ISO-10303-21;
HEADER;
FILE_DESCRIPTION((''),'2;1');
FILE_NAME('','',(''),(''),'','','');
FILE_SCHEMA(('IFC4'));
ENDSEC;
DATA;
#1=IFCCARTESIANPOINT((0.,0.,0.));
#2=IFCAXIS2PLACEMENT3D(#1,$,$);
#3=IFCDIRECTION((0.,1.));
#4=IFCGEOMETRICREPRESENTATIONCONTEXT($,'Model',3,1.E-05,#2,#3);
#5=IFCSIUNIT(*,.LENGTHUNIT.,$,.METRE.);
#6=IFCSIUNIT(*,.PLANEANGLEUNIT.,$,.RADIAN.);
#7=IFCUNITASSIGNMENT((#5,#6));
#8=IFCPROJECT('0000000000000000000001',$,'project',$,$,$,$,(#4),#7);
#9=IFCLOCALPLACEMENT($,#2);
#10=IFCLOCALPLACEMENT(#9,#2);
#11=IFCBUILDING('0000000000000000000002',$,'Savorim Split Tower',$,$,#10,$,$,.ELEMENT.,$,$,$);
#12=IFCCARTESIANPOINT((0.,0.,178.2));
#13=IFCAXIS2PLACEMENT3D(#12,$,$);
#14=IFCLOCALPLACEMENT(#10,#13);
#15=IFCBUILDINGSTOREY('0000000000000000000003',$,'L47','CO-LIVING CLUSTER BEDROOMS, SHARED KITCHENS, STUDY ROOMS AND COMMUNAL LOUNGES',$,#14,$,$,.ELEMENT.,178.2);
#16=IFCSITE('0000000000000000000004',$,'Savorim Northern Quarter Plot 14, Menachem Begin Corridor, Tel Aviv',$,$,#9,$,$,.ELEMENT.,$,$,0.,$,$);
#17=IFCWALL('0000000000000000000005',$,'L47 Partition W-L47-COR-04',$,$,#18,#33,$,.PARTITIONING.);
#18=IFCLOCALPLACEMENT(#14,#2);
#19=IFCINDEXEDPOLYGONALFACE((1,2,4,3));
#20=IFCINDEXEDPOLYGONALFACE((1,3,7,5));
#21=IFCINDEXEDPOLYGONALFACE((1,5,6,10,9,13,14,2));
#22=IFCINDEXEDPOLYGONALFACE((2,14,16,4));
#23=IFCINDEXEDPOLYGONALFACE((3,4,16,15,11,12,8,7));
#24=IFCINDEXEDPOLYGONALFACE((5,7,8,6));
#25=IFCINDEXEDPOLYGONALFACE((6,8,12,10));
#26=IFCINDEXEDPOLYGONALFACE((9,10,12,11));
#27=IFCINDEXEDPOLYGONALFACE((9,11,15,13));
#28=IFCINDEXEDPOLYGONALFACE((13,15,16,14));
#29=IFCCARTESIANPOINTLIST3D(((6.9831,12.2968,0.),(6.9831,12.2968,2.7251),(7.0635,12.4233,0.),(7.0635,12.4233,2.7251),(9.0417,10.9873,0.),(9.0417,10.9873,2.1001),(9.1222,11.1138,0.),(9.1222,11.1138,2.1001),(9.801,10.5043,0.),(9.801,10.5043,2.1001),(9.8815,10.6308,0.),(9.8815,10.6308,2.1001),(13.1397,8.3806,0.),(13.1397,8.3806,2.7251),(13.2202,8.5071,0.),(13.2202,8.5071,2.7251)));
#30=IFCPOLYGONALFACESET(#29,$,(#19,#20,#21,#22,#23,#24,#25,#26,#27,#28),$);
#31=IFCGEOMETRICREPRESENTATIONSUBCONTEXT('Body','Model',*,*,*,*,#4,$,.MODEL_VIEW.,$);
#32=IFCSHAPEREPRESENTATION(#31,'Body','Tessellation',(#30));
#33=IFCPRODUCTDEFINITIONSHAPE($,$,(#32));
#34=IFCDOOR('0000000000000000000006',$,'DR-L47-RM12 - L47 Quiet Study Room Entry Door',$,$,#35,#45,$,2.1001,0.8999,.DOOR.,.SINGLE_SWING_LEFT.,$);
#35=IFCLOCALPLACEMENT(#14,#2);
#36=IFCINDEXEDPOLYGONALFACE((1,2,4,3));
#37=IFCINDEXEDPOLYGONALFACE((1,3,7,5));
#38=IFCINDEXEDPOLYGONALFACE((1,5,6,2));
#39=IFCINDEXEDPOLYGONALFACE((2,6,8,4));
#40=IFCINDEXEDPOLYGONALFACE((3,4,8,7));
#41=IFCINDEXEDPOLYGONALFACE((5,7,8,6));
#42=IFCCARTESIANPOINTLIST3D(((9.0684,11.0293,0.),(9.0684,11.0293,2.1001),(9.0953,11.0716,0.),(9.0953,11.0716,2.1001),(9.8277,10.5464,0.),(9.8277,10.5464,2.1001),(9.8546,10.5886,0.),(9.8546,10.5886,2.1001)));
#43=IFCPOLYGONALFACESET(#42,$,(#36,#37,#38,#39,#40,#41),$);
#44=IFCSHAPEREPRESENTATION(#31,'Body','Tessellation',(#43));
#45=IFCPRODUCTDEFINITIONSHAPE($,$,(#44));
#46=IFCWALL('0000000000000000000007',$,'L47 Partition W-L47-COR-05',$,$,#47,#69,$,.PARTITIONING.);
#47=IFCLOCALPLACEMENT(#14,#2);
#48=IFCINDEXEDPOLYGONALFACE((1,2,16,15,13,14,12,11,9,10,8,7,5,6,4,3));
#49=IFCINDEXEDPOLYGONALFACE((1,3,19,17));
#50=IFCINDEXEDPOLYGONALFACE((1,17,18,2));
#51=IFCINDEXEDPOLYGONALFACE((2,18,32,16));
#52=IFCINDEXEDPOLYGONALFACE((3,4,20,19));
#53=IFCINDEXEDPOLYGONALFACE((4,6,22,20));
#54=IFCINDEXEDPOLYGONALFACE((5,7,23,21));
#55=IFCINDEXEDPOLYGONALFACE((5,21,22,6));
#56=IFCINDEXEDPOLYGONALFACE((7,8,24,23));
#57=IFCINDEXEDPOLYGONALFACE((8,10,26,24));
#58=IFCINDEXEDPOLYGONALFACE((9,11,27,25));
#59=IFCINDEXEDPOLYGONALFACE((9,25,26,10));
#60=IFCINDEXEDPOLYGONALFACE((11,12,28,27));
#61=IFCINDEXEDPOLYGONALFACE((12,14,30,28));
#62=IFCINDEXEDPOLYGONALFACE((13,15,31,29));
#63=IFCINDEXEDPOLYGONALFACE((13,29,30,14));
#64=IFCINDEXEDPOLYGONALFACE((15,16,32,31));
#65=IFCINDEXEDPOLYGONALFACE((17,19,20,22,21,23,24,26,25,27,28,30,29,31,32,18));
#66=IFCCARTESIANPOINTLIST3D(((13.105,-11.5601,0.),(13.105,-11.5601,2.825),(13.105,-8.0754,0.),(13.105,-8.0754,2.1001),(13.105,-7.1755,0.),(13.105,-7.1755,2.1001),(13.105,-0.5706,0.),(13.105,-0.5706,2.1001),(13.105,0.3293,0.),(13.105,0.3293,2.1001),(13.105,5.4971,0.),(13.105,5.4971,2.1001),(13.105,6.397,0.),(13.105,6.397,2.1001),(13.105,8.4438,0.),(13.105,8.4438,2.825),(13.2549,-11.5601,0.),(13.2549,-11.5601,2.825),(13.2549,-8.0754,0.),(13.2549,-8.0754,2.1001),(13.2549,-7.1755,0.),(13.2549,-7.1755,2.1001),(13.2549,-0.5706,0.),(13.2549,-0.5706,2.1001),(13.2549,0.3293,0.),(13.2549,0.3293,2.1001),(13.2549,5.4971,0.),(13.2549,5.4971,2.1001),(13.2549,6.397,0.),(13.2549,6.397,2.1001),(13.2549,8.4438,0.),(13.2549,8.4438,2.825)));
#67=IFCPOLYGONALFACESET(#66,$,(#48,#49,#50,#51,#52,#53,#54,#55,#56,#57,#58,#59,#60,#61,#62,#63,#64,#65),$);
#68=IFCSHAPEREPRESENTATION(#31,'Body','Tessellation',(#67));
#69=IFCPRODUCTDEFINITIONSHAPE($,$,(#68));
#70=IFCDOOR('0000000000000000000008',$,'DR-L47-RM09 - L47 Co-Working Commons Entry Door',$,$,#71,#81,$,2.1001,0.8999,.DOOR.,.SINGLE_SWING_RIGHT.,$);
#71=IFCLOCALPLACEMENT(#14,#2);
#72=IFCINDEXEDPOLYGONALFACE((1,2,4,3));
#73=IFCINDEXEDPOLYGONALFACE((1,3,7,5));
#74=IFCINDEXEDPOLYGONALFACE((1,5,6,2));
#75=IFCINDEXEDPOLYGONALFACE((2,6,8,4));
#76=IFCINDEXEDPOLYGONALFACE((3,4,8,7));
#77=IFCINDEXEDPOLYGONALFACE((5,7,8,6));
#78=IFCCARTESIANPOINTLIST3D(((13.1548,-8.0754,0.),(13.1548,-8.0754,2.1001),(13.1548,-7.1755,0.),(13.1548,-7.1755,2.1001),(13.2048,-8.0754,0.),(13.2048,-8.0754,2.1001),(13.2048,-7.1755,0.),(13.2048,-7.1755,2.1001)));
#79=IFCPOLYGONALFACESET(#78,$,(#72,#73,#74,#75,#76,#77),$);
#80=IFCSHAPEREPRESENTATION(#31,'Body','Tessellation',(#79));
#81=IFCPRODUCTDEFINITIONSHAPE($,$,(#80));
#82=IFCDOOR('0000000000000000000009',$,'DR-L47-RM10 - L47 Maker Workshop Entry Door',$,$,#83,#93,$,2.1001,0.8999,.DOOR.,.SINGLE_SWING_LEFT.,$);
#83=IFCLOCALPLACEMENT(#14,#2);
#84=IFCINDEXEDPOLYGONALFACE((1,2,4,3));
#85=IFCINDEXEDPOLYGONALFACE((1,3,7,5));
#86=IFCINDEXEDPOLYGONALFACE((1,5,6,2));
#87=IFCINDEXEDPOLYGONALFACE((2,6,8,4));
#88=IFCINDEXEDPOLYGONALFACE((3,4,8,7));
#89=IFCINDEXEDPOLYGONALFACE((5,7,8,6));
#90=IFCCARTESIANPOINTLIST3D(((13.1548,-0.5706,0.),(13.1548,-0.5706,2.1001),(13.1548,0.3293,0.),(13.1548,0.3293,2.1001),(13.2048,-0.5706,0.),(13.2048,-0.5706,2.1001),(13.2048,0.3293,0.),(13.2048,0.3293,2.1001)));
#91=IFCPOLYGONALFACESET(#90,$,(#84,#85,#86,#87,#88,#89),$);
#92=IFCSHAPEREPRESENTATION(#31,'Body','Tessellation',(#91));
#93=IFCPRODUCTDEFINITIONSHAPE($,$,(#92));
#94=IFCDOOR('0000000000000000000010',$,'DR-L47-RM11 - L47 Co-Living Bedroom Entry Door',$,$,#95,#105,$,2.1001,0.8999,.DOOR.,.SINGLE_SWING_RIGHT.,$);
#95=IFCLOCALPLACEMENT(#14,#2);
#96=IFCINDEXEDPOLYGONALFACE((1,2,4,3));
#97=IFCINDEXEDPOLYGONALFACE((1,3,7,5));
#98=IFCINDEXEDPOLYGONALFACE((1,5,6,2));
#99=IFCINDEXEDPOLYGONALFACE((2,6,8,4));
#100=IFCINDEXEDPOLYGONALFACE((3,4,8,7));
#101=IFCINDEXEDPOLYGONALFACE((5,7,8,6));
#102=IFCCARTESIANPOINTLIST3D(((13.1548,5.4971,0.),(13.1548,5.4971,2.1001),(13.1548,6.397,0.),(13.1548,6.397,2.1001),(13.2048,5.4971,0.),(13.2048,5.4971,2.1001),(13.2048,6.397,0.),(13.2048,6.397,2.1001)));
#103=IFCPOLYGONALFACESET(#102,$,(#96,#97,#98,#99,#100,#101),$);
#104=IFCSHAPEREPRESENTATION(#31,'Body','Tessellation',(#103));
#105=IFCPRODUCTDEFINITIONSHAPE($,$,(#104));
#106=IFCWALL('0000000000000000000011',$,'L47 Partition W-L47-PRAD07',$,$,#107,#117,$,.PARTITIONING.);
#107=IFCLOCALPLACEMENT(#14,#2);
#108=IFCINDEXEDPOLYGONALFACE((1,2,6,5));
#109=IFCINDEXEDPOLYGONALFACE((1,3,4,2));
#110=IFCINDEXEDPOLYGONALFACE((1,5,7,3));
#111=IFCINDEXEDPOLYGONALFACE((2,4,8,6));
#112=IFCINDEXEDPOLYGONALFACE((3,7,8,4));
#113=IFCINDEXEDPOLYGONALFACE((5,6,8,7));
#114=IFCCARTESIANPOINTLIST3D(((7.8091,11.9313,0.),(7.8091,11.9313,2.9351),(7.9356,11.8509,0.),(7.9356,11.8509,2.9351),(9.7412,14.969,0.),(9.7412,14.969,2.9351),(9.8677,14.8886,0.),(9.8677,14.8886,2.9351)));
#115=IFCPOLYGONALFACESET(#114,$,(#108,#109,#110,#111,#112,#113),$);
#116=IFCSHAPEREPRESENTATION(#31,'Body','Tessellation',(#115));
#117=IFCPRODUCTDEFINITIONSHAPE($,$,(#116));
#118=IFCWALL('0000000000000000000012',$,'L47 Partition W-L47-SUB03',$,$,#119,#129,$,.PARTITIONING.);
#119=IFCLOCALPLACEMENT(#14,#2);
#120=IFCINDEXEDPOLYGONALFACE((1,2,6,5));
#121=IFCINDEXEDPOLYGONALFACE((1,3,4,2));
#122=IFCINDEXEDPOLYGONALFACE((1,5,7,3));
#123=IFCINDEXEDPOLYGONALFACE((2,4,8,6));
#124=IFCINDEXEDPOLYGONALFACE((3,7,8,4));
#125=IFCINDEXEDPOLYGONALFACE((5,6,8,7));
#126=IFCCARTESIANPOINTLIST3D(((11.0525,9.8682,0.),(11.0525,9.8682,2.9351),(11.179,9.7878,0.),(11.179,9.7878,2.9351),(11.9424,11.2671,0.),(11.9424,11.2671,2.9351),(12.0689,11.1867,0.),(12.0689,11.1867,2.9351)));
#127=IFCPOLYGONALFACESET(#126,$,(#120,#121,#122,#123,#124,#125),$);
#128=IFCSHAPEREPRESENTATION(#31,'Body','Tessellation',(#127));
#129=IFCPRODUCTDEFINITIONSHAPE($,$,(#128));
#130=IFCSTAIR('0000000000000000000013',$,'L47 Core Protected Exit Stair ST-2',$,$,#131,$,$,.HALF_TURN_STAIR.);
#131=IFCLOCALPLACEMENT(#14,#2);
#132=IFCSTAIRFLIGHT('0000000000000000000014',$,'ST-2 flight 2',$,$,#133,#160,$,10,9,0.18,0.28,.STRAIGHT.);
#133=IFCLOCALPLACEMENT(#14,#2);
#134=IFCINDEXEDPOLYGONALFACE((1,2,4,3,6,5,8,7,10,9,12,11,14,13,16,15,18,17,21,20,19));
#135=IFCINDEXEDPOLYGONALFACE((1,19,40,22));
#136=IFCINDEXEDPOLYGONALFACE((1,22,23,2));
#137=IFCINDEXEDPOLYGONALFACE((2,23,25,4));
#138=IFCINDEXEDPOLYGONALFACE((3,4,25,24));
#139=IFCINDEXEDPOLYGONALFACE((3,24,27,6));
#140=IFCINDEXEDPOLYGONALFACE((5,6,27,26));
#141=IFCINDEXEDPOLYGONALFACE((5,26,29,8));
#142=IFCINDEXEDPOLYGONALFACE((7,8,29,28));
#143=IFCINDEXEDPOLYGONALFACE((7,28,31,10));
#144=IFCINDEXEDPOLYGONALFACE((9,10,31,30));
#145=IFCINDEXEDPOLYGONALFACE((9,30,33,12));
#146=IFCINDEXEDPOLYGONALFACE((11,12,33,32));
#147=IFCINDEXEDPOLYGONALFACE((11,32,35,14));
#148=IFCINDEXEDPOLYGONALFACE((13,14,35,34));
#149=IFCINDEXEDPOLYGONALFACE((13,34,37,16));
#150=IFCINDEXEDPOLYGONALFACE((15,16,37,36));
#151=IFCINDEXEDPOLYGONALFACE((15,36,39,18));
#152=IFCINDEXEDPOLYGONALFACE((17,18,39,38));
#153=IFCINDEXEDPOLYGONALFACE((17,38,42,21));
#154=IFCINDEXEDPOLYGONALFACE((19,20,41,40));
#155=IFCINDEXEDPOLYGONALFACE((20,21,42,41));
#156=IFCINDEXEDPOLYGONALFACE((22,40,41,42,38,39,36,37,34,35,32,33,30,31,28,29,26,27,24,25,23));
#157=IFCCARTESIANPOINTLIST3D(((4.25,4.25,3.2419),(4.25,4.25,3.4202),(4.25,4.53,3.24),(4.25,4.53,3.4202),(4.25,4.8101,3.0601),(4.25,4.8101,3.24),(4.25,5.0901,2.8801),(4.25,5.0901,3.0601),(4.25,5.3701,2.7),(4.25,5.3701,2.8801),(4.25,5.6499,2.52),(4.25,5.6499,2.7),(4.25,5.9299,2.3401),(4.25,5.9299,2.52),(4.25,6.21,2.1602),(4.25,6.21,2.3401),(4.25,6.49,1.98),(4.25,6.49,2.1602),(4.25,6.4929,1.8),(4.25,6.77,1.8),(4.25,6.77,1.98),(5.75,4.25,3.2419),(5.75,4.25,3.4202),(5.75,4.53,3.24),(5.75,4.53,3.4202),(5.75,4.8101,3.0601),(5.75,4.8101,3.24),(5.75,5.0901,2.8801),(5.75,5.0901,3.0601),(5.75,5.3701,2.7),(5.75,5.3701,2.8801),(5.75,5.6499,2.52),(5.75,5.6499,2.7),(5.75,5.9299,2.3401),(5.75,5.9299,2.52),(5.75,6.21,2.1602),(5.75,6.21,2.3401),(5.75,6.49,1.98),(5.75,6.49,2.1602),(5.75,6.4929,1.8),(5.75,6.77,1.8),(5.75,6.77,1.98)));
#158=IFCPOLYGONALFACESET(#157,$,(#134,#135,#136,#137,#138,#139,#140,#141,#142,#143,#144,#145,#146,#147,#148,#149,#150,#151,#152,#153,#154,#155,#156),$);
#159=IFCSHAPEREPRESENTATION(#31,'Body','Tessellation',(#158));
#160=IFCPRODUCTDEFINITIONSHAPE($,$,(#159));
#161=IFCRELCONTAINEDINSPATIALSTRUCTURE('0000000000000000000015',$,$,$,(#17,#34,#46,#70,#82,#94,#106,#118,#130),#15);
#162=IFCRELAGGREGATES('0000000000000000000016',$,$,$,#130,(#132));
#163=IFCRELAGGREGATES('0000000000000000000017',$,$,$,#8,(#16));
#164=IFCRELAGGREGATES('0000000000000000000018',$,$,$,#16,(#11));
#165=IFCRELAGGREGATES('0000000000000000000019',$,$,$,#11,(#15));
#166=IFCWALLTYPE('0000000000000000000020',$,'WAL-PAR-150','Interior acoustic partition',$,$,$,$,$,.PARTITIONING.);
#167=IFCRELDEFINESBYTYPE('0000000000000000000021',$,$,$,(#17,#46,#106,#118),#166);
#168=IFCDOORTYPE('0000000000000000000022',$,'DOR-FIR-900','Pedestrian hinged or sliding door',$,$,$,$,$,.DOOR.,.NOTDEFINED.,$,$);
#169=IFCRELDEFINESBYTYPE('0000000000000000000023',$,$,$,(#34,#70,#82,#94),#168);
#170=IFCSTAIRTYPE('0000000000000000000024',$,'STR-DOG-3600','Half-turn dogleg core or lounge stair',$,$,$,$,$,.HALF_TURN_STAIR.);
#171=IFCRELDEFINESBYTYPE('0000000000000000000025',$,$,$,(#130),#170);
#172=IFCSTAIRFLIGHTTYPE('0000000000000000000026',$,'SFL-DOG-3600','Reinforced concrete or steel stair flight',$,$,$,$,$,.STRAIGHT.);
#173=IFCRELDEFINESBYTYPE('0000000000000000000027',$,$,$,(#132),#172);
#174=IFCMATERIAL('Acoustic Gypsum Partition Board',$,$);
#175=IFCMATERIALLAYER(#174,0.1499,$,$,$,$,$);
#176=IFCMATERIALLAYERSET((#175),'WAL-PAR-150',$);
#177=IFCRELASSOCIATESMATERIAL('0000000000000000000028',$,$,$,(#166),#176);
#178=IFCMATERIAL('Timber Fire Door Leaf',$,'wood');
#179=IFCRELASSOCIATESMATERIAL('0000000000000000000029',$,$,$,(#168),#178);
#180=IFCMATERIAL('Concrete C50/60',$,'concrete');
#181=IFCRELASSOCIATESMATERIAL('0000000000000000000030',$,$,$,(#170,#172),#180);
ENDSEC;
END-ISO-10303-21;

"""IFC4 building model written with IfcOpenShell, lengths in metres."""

from ifc_helpers import new_model, si_unit, direction, frame, frame_2d, origin, place, context, subcontext, project, spatial, polyline, rectangle, outline, extrude, material, layer, layer_set, type_object, element, fill, aggregate, save


model = new_model("IFC4")

# Units and contexts
model_context = context("Model", 3, precision=1e-05, world=origin(), true_north=direction((0.0, 1.0)))
body_context = subcontext(model_context, "Body", "Model", "MODEL_VIEW")
ifc_project = project(units=[si_unit("LENGTHUNIT", "METRE"), si_unit("PLANEANGLEUNIT", "RADIAN")], contexts=[model_context])

# Site, building, storey
site_placement = place(None, origin())
site = spatial("IfcSite", under=ifc_project, at=site_placement, Name="Savorim Northern Quarter Plot 14, Menachem Begin Corridor, Tel Aviv", CompositionType="ELEMENT", RefElevation=0.0)
building_placement = place(site_placement, origin())
building = spatial("IfcBuilding", under=site, at=building_placement, Name="Savorim Split Tower", CompositionType="ELEMENT")
storey_placement = place(building_placement, frame((0.0, 0.0, 178.2)))
storey = spatial("IfcBuildingStorey", under=building, at=storey_placement, Name="L47", Description="CO-LIVING CLUSTER BEDROOMS, SHARED KITCHENS, STUDY ROOMS AND COMMUNAL LOUNGES", CompositionType="ELEMENT", Elevation=178.2)

# Shared definitions
ifc_material_1 = material(Name="Timber Fire Door Leaf", Category="wood")

# Wall, opening, door
ifc_material_2 = material(Name="Acoustic Gypsum Partition Board")
ifc_layer_1 = layer(ifc_material_2, 0.1499)
ifc_layer_set_1 = layer_set([ifc_layer_1], Name="WAL-PAR-150")
wall_type_1 = type_object("IfcWallType", Name="WAL-PAR-150", Description="Interior acoustic partition", PredefinedType="PARTITIONING", material=ifc_layer_set_1)
wall_1_placement = place(storey_placement, frame((7.0232, 12.3601, 0.0), z_axis=(0.0, 0.0, 1.0), x_axis=(0.843765, -0.536713, 0.0)))
wall_1 = element("IfcWall", 1, at=wall_1_placement, inside=storey, type_object=wall_type_1, Name="L47 Partition W-L47-COR-04", PredefinedType="PARTITIONING", context=body_context, shape_type="SweptSolid", body=[
    extrude(rectangle(XDim=7.2966, YDim=0.1499, at=frame_2d((3.6484, 0.0))), origin(), (0.0, 0.0, 1.0), 2.7251),
])
opening_1_placement = place(wall_1_placement, frame((2.4399, 0.0, 0.0)))
opening_1 = element("IfcOpeningElement", 2, at=opening_1_placement, cuts=wall_1, PredefinedType="OPENING", context=body_context, shape_type="SweptSolid", body=[
    extrude(rectangle(XDim=0.8999, YDim=2.1001, at=frame_2d((0.45, 1.05))), frame((0.0, 0.085, 0.0), z_axis=(0.0, -1.0, 0.0), x_axis=(1.0, 0.0, 0.0)), (0.0, 0.0, 1.0), 0.1699),
])
door_type_1 = type_object("IfcDoorType", Name="DOR-FIR-900", Description="Pedestrian hinged or sliding door", OperationType="NOTDEFINED", PredefinedType="DOOR", material=ifc_material_1)
door_1_placement = place(opening_1_placement, origin())
door_1 = element("IfcDoor", 3, at=door_1_placement, inside=storey, type_object=door_type_1, Name="DR-L47-RM12 - L47 Quiet Study Room Entry Door", OperationType="SINGLE_SWING_LEFT", OverallHeight=2.1001, OverallWidth=0.8999, PredefinedType="DOOR", context=body_context, shape_type="SweptSolid", body=[
    extrude(rectangle(XDim=0.8999, YDim=2.1001, at=frame_2d((0.45, 1.05))), frame((0.0, 0.0249, 0.0), z_axis=(0.0, -1.0, 0.0), x_axis=(1.0, 0.0, 0.0)), (0.0, 0.0, 1.0), 0.05),
])
fill(opening_1, door_1)

# Wall, openings, doors
wall_2_placement = place(storey_placement, frame((13.1799, 8.4438, 0.0), z_axis=(0.0, 0.0, 1.0), x_axis=(0.0, -1.0, 0.0)))
wall_2 = element("IfcWall", 4, at=wall_2_placement, inside=storey, type_object=wall_type_1, Name="L47 Partition W-L47-COR-05", PredefinedType="PARTITIONING", context=body_context, shape_type="SweptSolid", body=[
    extrude(rectangle(XDim=20.0039, YDim=0.1499, at=frame_2d((10.002, 0.0))), origin(), (0.0, 0.0, 1.0), 2.825),
])
opening_2_placement = place(wall_2_placement, frame((15.6194, 0.0, 0.0)))
opening_2 = element("IfcOpeningElement", 5, at=opening_2_placement, cuts=wall_2, PredefinedType="OPENING", context=body_context, shape_type="SweptSolid", body=[
    extrude(rectangle(XDim=0.8999, YDim=2.1001, at=frame_2d((0.45, 1.05))), frame((0.0, 0.085, 0.0), z_axis=(0.0, -1.0, 0.0), x_axis=(1.0, 0.0, 0.0)), (0.0, 0.0, 1.0), 0.1699),
])
opening_3_placement = place(wall_2_placement, frame((8.1145, 0.0, 0.0)))
opening_3 = element("IfcOpeningElement", 6, at=opening_3_placement, cuts=wall_2, PredefinedType="OPENING", context=body_context, shape_type="SweptSolid", body=[
    extrude(rectangle(XDim=0.8999, YDim=2.1001, at=frame_2d((0.45, 1.05))), frame((0.0, 0.085, 0.0), z_axis=(0.0, -1.0, 0.0), x_axis=(1.0, 0.0, 0.0)), (0.0, 0.0, 1.0), 0.1699),
])
opening_4_placement = place(wall_2_placement, frame((2.0469, 0.0, 0.0)))
opening_4 = element("IfcOpeningElement", 7, at=opening_4_placement, cuts=wall_2, PredefinedType="OPENING", context=body_context, shape_type="SweptSolid", body=[
    extrude(rectangle(XDim=0.8999, YDim=2.1001, at=frame_2d((0.45, 1.05))), frame((0.0, 0.085, 0.0), z_axis=(0.0, -1.0, 0.0), x_axis=(1.0, 0.0, 0.0)), (0.0, 0.0, 1.0), 0.1699),
])
door_2_placement = place(opening_2_placement, origin())
door_2 = element("IfcDoor", 8, at=door_2_placement, inside=storey, type_object=door_type_1, Name="DR-L47-RM09 - L47 Co-Working Commons Entry Door", OperationType="SINGLE_SWING_RIGHT", OverallHeight=2.1001, OverallWidth=0.8999, PredefinedType="DOOR", context=body_context, shape_type="SweptSolid", body=[
    extrude(rectangle(XDim=0.8999, YDim=2.1001, at=frame_2d((0.45, 1.05))), frame((0.0, 0.0249, 0.0), z_axis=(0.0, -1.0, 0.0), x_axis=(1.0, 0.0, 0.0)), (0.0, 0.0, 1.0), 0.05),
])
fill(opening_2, door_2)
door_3_placement = place(opening_3_placement, origin())
door_3 = element("IfcDoor", 9, at=door_3_placement, inside=storey, type_object=door_type_1, Name="DR-L47-RM10 - L47 Maker Workshop Entry Door", OperationType="SINGLE_SWING_LEFT", OverallHeight=2.1001, OverallWidth=0.8999, PredefinedType="DOOR", context=body_context, shape_type="SweptSolid", body=[
    extrude(rectangle(XDim=0.8999, YDim=2.1001, at=frame_2d((0.45, 1.05))), frame((0.0, 0.0249, 0.0), z_axis=(0.0, -1.0, 0.0), x_axis=(1.0, 0.0, 0.0)), (0.0, 0.0, 1.0), 0.05),
])
fill(opening_3, door_3)
door_4_placement = place(opening_4_placement, origin())
door_4 = element("IfcDoor", 10, at=door_4_placement, inside=storey, type_object=door_type_1, Name="DR-L47-RM11 - L47 Co-Living Bedroom Entry Door", OperationType="SINGLE_SWING_RIGHT", OverallHeight=2.1001, OverallWidth=0.8999, PredefinedType="DOOR", context=body_context, shape_type="SweptSolid", body=[
    extrude(rectangle(XDim=0.8999, YDim=2.1001, at=frame_2d((0.45, 1.05))), frame((0.0, 0.0249, 0.0), z_axis=(0.0, -1.0, 0.0), x_axis=(1.0, 0.0, 0.0)), (0.0, 0.0, 1.0), 0.05),
])
fill(opening_4, door_4)

# Walls
wall_3_placement = place(storey_placement, frame((7.8723, 11.8911, 0.0), z_axis=(0.0, 0.0, 1.0), x_axis=(0.5367, 0.843773, 0.0)))
element("IfcWall", 11, at=wall_3_placement, inside=storey, type_object=wall_type_1, Name="L47 Partition W-L47-PRAD07", PredefinedType="PARTITIONING", context=body_context, shape_type="SweptSolid", body=[
    extrude(rectangle(XDim=3.6001, YDim=0.1499, at=frame_2d((1.8, 0.0))), origin(), (0.0, 0.0, 1.0), 2.9351),
])
wall_4_placement = place(storey_placement, frame((11.1157, 9.8279, 0.0), z_axis=(0.0, 0.0, 1.0), x_axis=(0.536733, 0.843752, 0.0)))
element("IfcWall", 12, at=wall_4_placement, inside=storey, type_object=wall_type_1, Name="L47 Partition W-L47-SUB03", PredefinedType="PARTITIONING", context=body_context, shape_type="SweptSolid", body=[
    extrude(rectangle(XDim=1.658, YDim=0.1499, at=frame_2d((0.8291, 0.0))), origin(), (0.0, 0.0, 1.0), 2.9351),
])

# Stair, stair flight
ifc_material_3 = material(Name="Concrete C50/60", Category="concrete")
stair_type = type_object("IfcStairType", Name="STR-DOG-3600", Description="Half-turn dogleg core or lounge stair", PredefinedType="HALF_TURN_STAIR", material=ifc_material_3)
stair_placement = place(storey_placement, origin())
stair = element("IfcStair", 13, at=stair_placement, inside=storey, type_object=stair_type, Name="L47 Core Protected Exit Stair ST-2", PredefinedType="HALF_TURN_STAIR")
stair_flight_type = type_object("IfcStairFlightType", Name="SFL-DOG-3600", Description="Reinforced concrete or steel stair flight", PredefinedType="STRAIGHT", material=ifc_material_3)
stair_flight_placement = place(storey_placement, frame((5.0, 6.77, 1.8), z_axis=(0.0, 0.0, 1.0), x_axis=(0.0, -1.0, 0.0)))
stair_flight = element("IfcStairFlight", 14, at=stair_flight_placement, type_object=stair_flight_type, Name="ST-2 flight 2", NumberOfRisers=10, NumberOfTreads=9, PredefinedType="STRAIGHT", RiserHeight=0.18, TreadLength=0.28, context=body_context, shape_type="SweptSolid", body=[
    extrude(outline(polyline([(0.0, 0.0), (0.0, 0.1799), (0.28, 0.1799), (0.28, 0.3601), (0.5601, 0.3601), (0.5601, 0.54), (0.8401, 0.54), (0.8401, 0.72), (1.1201, 0.72), (1.1201, 0.8999), (1.3999, 0.8999), (1.3999, 1.0801), (1.6799, 1.0801), (1.6799, 1.26), (1.96, 1.26), (1.96, 1.4399), (2.24, 1.4399), (2.24, 1.6201), (2.52, 1.6201), (2.52, 1.8), (2.52, 1.4419), (0.2771, 0.0), (0.0, 0.0)])), frame((0.0, 0.75, 0.0), z_axis=(0.0, -1.0, 0.0), x_axis=(1.0, 0.0, 0.0)), (0.0, 0.0, 1.0), 1.5),
])
aggregate(stair, [stair_flight])

save(model, "model.ifc")
